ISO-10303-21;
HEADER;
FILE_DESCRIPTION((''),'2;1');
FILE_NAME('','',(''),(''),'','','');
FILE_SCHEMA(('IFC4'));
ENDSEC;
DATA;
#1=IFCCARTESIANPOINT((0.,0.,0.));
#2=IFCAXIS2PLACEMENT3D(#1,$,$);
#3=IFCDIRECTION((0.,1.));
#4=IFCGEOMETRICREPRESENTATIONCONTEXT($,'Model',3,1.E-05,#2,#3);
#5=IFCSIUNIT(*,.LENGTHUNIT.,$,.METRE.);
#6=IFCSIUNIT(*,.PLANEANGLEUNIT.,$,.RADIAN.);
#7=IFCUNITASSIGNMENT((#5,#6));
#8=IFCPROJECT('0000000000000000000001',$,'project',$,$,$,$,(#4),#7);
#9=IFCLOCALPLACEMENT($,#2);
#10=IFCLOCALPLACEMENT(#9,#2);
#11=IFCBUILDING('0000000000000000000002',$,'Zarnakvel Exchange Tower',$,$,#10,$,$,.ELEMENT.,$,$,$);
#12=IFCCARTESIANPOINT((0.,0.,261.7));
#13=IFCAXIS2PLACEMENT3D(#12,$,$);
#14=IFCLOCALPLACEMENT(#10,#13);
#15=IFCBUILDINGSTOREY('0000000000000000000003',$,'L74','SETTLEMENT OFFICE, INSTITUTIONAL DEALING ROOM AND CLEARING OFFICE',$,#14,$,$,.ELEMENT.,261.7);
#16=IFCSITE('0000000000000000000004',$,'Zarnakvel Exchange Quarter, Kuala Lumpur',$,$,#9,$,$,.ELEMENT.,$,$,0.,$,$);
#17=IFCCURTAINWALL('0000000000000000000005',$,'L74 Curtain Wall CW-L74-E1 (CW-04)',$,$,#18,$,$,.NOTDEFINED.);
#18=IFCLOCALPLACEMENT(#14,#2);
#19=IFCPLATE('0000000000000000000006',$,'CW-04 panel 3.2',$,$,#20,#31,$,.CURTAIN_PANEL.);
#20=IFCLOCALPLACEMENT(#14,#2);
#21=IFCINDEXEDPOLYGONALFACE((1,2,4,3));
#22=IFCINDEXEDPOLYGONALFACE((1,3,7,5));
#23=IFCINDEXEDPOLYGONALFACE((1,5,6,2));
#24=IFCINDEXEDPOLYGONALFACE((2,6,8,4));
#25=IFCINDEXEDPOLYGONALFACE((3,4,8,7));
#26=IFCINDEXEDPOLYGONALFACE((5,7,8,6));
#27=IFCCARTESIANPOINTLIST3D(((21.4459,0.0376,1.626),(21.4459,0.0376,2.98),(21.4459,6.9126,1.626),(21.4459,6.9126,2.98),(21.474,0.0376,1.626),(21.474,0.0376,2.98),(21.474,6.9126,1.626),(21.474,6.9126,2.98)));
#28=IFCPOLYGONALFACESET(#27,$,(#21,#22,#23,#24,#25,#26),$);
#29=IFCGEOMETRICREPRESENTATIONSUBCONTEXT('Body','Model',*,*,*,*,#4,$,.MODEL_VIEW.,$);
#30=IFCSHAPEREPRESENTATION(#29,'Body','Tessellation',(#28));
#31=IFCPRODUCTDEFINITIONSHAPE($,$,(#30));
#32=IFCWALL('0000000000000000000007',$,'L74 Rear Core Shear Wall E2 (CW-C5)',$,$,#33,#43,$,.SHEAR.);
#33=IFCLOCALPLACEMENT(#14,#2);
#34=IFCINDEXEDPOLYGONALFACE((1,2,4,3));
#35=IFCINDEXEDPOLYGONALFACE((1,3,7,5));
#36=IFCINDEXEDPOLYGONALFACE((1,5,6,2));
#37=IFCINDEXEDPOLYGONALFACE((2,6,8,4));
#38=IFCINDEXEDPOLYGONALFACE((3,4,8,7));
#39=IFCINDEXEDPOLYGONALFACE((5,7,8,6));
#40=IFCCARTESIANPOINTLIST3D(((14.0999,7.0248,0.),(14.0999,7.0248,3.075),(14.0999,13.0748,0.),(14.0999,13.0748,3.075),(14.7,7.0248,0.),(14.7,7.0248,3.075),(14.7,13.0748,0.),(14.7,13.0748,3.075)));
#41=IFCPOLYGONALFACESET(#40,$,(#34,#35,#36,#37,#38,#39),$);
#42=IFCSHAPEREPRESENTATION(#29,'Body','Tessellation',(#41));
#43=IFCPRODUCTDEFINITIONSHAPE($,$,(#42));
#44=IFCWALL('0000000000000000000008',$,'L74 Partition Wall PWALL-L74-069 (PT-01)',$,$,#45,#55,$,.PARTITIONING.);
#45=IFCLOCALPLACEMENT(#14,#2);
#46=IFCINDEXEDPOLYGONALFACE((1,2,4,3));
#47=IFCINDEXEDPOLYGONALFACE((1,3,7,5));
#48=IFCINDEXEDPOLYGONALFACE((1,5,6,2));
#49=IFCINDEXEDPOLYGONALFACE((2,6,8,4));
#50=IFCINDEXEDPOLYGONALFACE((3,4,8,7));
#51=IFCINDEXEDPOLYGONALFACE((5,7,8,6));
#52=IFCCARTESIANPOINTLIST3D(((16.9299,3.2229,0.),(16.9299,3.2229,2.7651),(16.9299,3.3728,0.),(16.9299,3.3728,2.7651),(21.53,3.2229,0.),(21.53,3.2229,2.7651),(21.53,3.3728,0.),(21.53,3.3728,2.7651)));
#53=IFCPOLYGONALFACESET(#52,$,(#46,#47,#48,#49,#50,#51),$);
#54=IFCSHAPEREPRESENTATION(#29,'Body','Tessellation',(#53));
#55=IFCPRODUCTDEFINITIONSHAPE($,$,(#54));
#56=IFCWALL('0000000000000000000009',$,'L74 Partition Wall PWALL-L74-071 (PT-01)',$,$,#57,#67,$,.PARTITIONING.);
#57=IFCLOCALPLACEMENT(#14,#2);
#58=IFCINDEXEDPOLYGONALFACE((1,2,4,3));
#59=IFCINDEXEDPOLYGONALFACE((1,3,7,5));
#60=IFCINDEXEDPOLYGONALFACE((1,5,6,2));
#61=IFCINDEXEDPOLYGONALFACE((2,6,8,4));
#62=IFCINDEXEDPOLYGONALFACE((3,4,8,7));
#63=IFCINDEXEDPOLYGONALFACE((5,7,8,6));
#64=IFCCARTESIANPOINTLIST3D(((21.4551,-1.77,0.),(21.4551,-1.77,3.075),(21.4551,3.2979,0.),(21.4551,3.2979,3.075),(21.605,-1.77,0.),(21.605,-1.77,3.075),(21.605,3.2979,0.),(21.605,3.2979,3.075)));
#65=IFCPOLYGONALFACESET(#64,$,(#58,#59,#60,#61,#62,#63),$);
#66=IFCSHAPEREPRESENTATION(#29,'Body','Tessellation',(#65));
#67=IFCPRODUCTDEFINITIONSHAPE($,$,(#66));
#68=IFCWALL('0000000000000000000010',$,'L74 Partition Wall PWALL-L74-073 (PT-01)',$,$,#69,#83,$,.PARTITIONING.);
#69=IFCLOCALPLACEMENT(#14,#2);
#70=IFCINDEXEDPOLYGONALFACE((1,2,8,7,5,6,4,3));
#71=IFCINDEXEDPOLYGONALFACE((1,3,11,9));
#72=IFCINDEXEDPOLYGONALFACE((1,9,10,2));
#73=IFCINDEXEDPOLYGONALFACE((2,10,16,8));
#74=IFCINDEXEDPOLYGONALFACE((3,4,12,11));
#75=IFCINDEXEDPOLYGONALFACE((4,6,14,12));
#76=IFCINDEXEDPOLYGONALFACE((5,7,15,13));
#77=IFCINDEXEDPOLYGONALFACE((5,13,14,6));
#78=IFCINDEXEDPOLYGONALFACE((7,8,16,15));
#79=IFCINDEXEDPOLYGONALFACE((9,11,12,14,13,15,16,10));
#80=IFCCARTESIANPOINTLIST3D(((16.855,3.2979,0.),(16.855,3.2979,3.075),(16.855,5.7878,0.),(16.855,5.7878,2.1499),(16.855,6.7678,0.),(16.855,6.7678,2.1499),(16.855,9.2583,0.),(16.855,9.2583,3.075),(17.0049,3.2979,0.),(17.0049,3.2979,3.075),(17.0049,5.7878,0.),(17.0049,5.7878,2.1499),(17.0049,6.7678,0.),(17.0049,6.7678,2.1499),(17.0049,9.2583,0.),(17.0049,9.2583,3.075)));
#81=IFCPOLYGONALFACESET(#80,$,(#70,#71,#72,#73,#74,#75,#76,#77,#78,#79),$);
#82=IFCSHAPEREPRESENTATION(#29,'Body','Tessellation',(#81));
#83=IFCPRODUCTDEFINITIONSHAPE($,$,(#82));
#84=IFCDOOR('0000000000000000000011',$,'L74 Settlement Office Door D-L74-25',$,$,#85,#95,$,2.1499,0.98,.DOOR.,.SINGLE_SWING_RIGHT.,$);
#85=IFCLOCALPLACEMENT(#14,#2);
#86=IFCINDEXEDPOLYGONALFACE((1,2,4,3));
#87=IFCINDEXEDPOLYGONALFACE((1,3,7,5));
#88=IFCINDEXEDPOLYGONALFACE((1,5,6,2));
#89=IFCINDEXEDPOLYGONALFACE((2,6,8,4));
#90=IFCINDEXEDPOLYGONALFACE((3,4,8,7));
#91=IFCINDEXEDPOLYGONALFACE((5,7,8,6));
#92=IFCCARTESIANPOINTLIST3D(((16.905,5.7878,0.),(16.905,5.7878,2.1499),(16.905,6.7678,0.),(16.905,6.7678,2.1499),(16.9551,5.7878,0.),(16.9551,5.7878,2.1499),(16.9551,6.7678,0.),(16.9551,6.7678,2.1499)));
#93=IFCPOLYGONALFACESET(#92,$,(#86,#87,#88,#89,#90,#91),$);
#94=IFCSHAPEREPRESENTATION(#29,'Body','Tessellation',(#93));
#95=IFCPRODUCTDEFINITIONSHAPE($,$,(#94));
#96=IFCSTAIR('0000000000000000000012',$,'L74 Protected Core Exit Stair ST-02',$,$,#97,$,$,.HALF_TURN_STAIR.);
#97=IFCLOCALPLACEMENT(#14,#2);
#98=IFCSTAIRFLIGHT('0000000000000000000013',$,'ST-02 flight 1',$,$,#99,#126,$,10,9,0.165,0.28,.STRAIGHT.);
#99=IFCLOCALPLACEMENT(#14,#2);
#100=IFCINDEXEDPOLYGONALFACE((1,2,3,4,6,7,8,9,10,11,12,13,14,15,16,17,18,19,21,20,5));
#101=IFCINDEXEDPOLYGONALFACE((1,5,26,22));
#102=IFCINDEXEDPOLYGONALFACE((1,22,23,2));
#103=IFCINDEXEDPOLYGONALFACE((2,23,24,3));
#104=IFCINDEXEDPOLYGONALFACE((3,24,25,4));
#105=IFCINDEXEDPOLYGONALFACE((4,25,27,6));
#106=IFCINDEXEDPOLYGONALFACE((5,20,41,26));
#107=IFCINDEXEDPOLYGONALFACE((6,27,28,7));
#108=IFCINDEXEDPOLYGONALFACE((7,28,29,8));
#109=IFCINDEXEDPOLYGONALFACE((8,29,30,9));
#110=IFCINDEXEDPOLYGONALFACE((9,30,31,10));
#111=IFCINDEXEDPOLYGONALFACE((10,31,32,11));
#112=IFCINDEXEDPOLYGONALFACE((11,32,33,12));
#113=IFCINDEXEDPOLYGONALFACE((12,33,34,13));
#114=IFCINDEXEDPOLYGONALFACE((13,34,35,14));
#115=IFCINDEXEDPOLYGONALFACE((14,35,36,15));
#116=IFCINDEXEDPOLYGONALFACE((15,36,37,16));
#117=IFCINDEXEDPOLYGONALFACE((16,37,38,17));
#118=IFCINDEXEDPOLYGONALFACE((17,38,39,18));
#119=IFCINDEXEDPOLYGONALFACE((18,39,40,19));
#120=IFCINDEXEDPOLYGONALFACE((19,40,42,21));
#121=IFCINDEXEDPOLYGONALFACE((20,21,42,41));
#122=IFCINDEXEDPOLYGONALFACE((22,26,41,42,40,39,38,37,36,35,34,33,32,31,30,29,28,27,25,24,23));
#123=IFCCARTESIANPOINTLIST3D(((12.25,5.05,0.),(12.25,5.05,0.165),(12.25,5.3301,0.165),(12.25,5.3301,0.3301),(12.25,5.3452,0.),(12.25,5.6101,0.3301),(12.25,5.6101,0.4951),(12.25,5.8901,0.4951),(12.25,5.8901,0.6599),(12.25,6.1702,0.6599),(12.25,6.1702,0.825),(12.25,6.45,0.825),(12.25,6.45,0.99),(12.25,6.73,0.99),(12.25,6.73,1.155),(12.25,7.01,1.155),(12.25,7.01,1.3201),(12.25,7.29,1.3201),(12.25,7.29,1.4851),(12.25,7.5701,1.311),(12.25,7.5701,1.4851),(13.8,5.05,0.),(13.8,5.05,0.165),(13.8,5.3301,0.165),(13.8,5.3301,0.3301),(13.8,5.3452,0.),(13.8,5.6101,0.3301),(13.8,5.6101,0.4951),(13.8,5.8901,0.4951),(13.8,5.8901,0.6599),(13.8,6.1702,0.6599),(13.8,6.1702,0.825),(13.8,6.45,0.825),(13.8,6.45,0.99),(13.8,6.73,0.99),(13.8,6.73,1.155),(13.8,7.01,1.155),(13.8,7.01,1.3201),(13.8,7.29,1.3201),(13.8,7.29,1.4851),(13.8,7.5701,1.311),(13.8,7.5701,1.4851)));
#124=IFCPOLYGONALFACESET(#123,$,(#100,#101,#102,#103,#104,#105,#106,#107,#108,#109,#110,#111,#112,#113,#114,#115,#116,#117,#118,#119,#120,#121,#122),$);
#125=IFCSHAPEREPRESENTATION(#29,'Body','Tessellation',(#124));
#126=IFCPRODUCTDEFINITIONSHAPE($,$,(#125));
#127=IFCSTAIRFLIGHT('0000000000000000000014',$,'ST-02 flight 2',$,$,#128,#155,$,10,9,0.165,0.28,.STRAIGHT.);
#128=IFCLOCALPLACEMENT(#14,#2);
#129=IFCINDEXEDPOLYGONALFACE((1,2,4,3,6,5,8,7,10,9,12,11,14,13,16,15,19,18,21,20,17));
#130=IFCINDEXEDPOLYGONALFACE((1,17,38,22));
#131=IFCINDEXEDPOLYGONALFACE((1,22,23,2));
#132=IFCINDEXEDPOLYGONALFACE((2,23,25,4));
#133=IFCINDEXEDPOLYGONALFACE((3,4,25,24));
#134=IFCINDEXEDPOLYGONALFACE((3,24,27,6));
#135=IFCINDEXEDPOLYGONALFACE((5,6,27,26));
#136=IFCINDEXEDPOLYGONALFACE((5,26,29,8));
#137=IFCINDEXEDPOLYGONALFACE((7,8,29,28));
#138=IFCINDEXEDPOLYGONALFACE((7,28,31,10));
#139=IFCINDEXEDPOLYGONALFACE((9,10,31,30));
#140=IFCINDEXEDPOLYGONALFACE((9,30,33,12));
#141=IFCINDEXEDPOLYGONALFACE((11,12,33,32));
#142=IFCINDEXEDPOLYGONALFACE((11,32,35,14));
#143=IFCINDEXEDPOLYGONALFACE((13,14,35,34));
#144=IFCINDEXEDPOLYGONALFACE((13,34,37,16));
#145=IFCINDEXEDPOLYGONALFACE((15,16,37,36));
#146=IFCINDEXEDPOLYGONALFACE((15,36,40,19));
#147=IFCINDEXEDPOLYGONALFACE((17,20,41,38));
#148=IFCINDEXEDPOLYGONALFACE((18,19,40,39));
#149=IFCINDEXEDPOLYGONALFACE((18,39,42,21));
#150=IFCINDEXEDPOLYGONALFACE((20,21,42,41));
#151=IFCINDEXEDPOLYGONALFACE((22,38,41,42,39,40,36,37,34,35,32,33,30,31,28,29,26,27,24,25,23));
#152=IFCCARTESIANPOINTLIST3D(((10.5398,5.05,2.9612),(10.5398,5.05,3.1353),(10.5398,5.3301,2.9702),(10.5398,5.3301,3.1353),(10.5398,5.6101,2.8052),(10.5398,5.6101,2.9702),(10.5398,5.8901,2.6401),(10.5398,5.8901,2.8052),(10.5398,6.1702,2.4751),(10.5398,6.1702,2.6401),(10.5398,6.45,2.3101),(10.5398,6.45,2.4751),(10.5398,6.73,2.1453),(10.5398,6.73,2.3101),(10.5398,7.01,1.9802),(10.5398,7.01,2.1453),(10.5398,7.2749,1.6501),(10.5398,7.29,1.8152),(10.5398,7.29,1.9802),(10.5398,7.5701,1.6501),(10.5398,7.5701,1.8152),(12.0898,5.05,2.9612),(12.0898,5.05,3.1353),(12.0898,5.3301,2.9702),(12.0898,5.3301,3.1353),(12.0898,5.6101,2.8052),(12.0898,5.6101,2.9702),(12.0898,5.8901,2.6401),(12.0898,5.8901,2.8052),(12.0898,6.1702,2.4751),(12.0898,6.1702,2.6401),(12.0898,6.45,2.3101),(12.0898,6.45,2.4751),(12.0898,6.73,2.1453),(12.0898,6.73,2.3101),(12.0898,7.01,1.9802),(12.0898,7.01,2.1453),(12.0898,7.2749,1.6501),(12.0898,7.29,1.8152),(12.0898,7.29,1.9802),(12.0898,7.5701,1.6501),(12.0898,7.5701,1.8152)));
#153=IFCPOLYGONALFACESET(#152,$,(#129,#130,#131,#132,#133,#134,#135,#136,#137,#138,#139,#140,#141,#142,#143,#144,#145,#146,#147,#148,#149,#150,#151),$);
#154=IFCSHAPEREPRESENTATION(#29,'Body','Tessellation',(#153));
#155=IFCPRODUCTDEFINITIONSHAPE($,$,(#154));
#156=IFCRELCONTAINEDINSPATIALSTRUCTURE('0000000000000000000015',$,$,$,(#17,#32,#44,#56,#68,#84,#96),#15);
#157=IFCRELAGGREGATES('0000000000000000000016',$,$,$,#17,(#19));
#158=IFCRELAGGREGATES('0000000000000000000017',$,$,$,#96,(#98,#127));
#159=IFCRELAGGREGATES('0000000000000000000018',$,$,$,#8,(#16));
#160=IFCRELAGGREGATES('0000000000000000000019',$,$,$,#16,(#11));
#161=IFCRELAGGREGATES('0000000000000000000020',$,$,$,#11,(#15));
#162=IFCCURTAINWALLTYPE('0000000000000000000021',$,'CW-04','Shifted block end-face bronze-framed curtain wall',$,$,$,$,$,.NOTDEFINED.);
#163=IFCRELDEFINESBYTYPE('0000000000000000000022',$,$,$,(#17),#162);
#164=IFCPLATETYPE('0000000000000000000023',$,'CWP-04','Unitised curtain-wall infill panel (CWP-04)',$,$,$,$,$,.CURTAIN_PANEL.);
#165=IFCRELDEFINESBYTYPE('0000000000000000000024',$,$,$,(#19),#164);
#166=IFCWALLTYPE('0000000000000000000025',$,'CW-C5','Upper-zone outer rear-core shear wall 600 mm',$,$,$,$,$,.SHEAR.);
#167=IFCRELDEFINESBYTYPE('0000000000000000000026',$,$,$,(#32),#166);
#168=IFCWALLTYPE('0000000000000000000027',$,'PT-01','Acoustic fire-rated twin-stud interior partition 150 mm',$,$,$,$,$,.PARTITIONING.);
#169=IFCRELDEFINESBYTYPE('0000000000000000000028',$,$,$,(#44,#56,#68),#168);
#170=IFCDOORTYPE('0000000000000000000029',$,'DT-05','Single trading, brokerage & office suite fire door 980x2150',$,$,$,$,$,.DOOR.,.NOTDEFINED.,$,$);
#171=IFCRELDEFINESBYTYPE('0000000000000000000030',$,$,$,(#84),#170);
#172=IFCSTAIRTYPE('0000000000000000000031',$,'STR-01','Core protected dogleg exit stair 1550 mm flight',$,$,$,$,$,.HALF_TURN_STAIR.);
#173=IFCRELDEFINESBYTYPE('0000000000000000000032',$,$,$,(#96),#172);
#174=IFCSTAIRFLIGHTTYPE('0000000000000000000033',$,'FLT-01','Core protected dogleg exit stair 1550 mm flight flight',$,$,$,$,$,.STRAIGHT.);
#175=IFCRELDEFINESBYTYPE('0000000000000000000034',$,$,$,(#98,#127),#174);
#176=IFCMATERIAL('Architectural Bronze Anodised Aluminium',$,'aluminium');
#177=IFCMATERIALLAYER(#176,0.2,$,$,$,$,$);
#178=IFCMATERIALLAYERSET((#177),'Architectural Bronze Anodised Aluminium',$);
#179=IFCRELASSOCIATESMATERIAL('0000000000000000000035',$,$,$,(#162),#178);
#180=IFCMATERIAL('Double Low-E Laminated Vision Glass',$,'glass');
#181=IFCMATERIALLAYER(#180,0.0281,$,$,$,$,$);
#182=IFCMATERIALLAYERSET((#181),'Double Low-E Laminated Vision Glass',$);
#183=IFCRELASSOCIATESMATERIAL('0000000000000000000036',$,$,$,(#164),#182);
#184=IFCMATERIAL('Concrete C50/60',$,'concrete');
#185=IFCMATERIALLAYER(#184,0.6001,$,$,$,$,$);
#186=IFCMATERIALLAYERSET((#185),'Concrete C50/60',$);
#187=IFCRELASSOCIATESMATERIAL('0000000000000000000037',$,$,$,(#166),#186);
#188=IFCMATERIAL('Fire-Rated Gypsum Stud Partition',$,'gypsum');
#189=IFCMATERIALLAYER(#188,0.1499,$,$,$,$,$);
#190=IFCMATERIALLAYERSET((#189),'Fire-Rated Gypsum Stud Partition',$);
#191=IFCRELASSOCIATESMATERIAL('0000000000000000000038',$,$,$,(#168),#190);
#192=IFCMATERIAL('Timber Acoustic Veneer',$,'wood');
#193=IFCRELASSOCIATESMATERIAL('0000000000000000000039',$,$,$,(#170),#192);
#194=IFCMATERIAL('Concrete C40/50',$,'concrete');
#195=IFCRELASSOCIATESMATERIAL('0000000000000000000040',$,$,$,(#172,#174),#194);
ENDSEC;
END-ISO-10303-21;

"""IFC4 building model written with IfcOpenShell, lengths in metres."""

from ifc_helpers import new_model, si_unit, direction, frame, frame_2d, origin, origin_2d, place, context, subcontext, project, spatial, polyline, rectangle, outline, extrude, source, transform, mapped, material, layer, layer_set, type_object, element, fill, aggregate, save


model = new_model("IFC4")

# Units and contexts
model_context = context("Model", 3, precision=1e-05, world=origin(), true_north=direction((0.0, 1.0)))
body_context = subcontext(model_context, "Body", "Model", "MODEL_VIEW")
ifc_project = project(units=[si_unit("LENGTHUNIT", "METRE"), si_unit("PLANEANGLEUNIT", "RADIAN")], contexts=[model_context])

# Site, building, storey
site_placement = place(None, origin())
site = spatial("IfcSite", under=ifc_project, at=site_placement, Name="Zarnakvel Exchange Quarter, Kuala Lumpur", CompositionType="ELEMENT", RefElevation=0.0)
building_placement = place(site_placement, origin())
building = spatial("IfcBuilding", under=site, at=building_placement, Name="Zarnakvel Exchange Tower", CompositionType="ELEMENT")
storey_placement = place(building_placement, frame((0.0, 0.0, 261.7)))
storey = spatial("IfcBuildingStorey", under=building, at=storey_placement, Name="L74", Description="SETTLEMENT OFFICE, INSTITUTIONAL DEALING ROOM AND CLEARING OFFICE", CompositionType="ELEMENT", Elevation=261.7)

# Shared definitions
ifc_material_1 = material(Name="Concrete C50/60", Category="concrete")

# Curtain wall, plate
ifc_material_2 = material(Name="Architectural Bronze Anodised Aluminium", Category="aluminium")
ifc_layer_1 = layer(ifc_material_2, 0.2)
ifc_layer_set_1 = layer_set([ifc_layer_1], Name="Architectural Bronze Anodised Aluminium")
curtain_wall_type = type_object("IfcCurtainWallType", Name="CW-04", Description="Shifted block end-face bronze-framed curtain wall", PredefinedType="NOTDEFINED", material=ifc_layer_set_1)
curtain_wall_placement = place(storey_placement, origin())
curtain_wall = element("IfcCurtainWall", 1, at=curtain_wall_placement, inside=storey, type_object=curtain_wall_type, Name="L74 Curtain Wall CW-L74-E1 (CW-04)", PredefinedType="NOTDEFINED")
ifc_material_3 = material(Name="Double Low-E Laminated Vision Glass", Category="glass")
ifc_layer_2 = layer(ifc_material_3, 0.0281)
ifc_layer_set_2 = layer_set([ifc_layer_2], Name="Double Low-E Laminated Vision Glass")
plate_type = type_object("IfcPlateType", Name="CWP-04", Description="Unitised curtain-wall infill panel (CWP-04)", PredefinedType="CURTAIN_PANEL", material=ifc_layer_set_2)
shared_shape_1 = source(origin(), body_context, "Body", "SweptSolid", [
    extrude(rectangle(XDim=6.875, YDim=0.0281, at=origin_2d()), origin(), (0.0, 0.0, 1.0), 1.354),
])
plate_1_placement = place(storey_placement, frame((21.46, 3.4751, 1.626), z_axis=(0.0, 0.0, 1.0), x_axis=(0.0, 1.0, 0.0)))
plate_1 = element("IfcPlate", 2, at=plate_1_placement, type_object=plate_type, Name="CW-04 panel 3.2", PredefinedType="CURTAIN_PANEL", context=body_context, shape_type="MappedRepresentation", body=[
    mapped(shared_shape_1, transform((0.0, 0.0, 0.0), x_axis=(1.0, 0.0, 0.0), y_axis=(0.0, 1.0, 0.0), z_axis=(0.0, 0.0, 1.0), scale=1.0)),
])
aggregate(curtain_wall, [plate_1])

# Walls
ifc_layer_3 = layer(ifc_material_1, 0.6001)
ifc_layer_set_3 = layer_set([ifc_layer_3], Name="Concrete C50/60")
wall_type_1 = type_object("IfcWallType", Name="CW-C5", Description="Upper-zone outer rear-core shear wall 600 mm", PredefinedType="SHEAR", material=ifc_layer_set_3)
wall_1_placement = place(storey_placement, frame((14.3999, 7.0249, 0.0), z_axis=(0.0, 0.0, 1.0), x_axis=(0.0, 1.0, 0.0)))
element("IfcWall", 3, at=wall_1_placement, inside=storey, type_object=wall_type_1, Name="L74 Rear Core Shear Wall E2 (CW-C5)", PredefinedType="SHEAR", context=body_context, shape_type="SweptSolid", body=[
    extrude(rectangle(XDim=6.05, YDim=0.6001, at=frame_2d((3.0249, 0.0))), origin(), (0.0, 0.0, 1.0), 3.075),
])
ifc_material_4 = material(Name="Fire-Rated Gypsum Stud Partition", Category="gypsum")
ifc_layer_4 = layer(ifc_material_4, 0.1499)
ifc_layer_set_4 = layer_set([ifc_layer_4], Name="Fire-Rated Gypsum Stud Partition")
wall_type_2 = type_object("IfcWallType", Name="PT-01", Description="Acoustic fire-rated twin-stud interior partition 150 mm", PredefinedType="PARTITIONING", material=ifc_layer_set_4)
wall_2_placement = place(storey_placement, frame((16.9299, 3.2979, 0.0), z_axis=(0.0, 0.0, 1.0), x_axis=(1.0, 0.0, 0.0)))
element("IfcWall", 4, at=wall_2_placement, inside=storey, type_object=wall_type_2, Name="L74 Partition Wall PWALL-L74-069 (PT-01)", PredefinedType="PARTITIONING", context=body_context, shape_type="SweptSolid", body=[
    extrude(rectangle(XDim=4.6001, YDim=0.1499, at=frame_2d((2.3, 0.0))), origin(), (0.0, 0.0, 1.0), 2.7651),
])
wall_3_placement = place(storey_placement, frame((21.53, 3.2979, 0.0), z_axis=(0.0, 0.0, 1.0), x_axis=(0.0, -1.0, 0.0)))
element("IfcWall", 5, at=wall_3_placement, inside=storey, type_object=wall_type_2, Name="L74 Partition Wall PWALL-L74-071 (PT-01)", PredefinedType="PARTITIONING", context=body_context, shape_type="SweptSolid", body=[
    extrude(rectangle(XDim=5.0679, YDim=0.1499, at=frame_2d((2.5339, 0.0))), origin(), (0.0, 0.0, 1.0), 3.075),
])

# Wall, opening, door
wall_4_placement = place(storey_placement, frame((16.9299, 3.2979, 0.0), z_axis=(0.0, 0.0, 1.0), x_axis=(0.0, 1.0, 0.0)))
wall_4 = element("IfcWall", 6, at=wall_4_placement, inside=storey, type_object=wall_type_2, Name="L74 Partition Wall PWALL-L74-073 (PT-01)", PredefinedType="PARTITIONING", context=body_context, shape_type="SweptSolid", body=[
    extrude(rectangle(XDim=5.9604, YDim=0.1499, at=frame_2d((2.9802, 0.0))), origin(), (0.0, 0.0, 1.0), 3.075),
])
opening_1_placement = place(wall_4_placement, frame((2.49, 0.0, 0.0)))
opening_1 = element("IfcOpeningElement", 7, at=opening_1_placement, cuts=wall_4, PredefinedType="OPENING", context=body_context, shape_type="SweptSolid", body=[
    extrude(rectangle(XDim=0.98, YDim=2.1499, at=frame_2d((0.49, 1.075))), frame((0.0, 0.085, 0.0), z_axis=(0.0, -1.0, 0.0), x_axis=(1.0, 0.0, 0.0)), (0.0, 0.0, 1.0), 0.1699),
])
ifc_material_5 = material(Name="Timber Acoustic Veneer", Category="wood")
door_type_1 = type_object("IfcDoorType", Name="DT-05", Description="Single trading, brokerage & office suite fire door 980x2150", OperationType="NOTDEFINED", PredefinedType="DOOR", material=ifc_material_5)
shared_shape_2 = source(origin(), body_context, "Body", "SweptSolid", [
    extrude(rectangle(XDim=0.98, YDim=2.1499, at=frame_2d((0.49, 1.075))), frame((0.0, 0.0249, 0.0), z_axis=(0.0, -1.0, 0.0), x_axis=(1.0, 0.0, 0.0)), (0.0, 0.0, 1.0), 0.05),
])
door_1_placement = place(opening_1_placement, origin())
door_1 = element("IfcDoor", 8, at=door_1_placement, inside=storey, type_object=door_type_1, Name="L74 Settlement Office Door D-L74-25", OperationType="SINGLE_SWING_RIGHT", OverallHeight=2.1499, OverallWidth=0.98, PredefinedType="DOOR", context=body_context, shape_type="MappedRepresentation", body=[
    mapped(shared_shape_2, transform((0.0, 0.0, 0.0), x_axis=(1.0, 0.0, 0.0), y_axis=(0.0, 1.0, 0.0), z_axis=(0.0, 0.0, 1.0), scale=1.0)),
])
fill(opening_1, door_1)
ifc_material_6 = material(Name="Concrete C40/50", Category="concrete")

# Stair, stair flights
stair_type = type_object("IfcStairType", Name="STR-01", Description="Core protected dogleg exit stair 1550 mm flight", PredefinedType="HALF_TURN_STAIR", material=ifc_material_6)
stair_placement = place(storey_placement, origin())
stair = element("IfcStair", 9, at=stair_placement, inside=storey, type_object=stair_type, Name="L74 Protected Core Exit Stair ST-02", PredefinedType="HALF_TURN_STAIR")
stair_flight_type = type_object("IfcStairFlightType", Name="FLT-01", Description="Core protected dogleg exit stair 1550 mm flight flight", PredefinedType="STRAIGHT", material=ifc_material_6)
stair_flight_1_placement = place(storey_placement, frame((13.0249, 5.05, 0.0), z_axis=(0.0, 0.0, 1.0), x_axis=(0.0, 1.0, 0.0)))
stair_flight_1 = element("IfcStairFlight", 10, at=stair_flight_1_placement, type_object=stair_flight_type, Name="ST-02 flight 1", NumberOfRisers=10, NumberOfTreads=9, PredefinedType="STRAIGHT", RiserHeight=0.165, TreadLength=0.28, context=body_context, shape_type="SweptSolid", body=[
    extrude(outline(polyline([(0.0, 0.0), (0.0, 0.165), (0.28, 0.165), (0.28, 0.3301), (0.5601, 0.3301), (0.5601, 0.4951), (0.8401, 0.4951), (0.8401, 0.6599), (1.1201, 0.6599), (1.1201, 0.825), (1.3999, 0.825), (1.3999, 0.99), (1.6799, 0.99), (1.6799, 1.155), (1.96, 1.155), (1.96, 1.3201), (2.24, 1.3201), (2.24, 1.4851), (2.52, 1.4851), (2.52, 1.6499), (2.52, 1.311), (0.2952, 0.0), (0.0, 0.0)])), frame((0.0, 0.7749, 0.0), z_axis=(0.0, -1.0, 0.0), x_axis=(1.0, 0.0, 0.0)), (0.0, 0.0, 1.0), 1.55),
])
stair_flight_2_placement = place(storey_placement, frame((11.3149, 7.5701, 1.6501), z_axis=(0.0, 0.0, 1.0), x_axis=(0.0, -1.0, 0.0)))
stair_flight_2 = element("IfcStairFlight", 11, at=stair_flight_2_placement, type_object=stair_flight_type, Name="ST-02 flight 2", NumberOfRisers=10, NumberOfTreads=9, PredefinedType="STRAIGHT", RiserHeight=0.165, TreadLength=0.28, context=body_context, shape_type="SweptSolid", body=[
    extrude(outline(polyline([(0.0, 0.0), (0.0, 0.165), (0.28, 0.165), (0.28, 0.3301), (0.5601, 0.3301), (0.5601, 0.4951), (0.8401, 0.4951), (0.8401, 0.6599), (1.1201, 0.6599), (1.1201, 0.825), (1.3999, 0.825), (1.3999, 0.99), (1.6799, 0.99), (1.6799, 1.155), (1.96, 1.155), (1.96, 1.3201), (2.24, 1.3201), (2.24, 1.4851), (2.52, 1.4851), (2.52, 1.6499), (2.52, 1.311), (0.2952, 0.0), (0.0, 0.0)])), frame((0.0, 0.7749, 0.0), z_axis=(0.0, -1.0, 0.0), x_axis=(1.0, 0.0, 0.0)), (0.0, 0.0, 1.0), 1.55),
])
aggregate(stair, [stair_flight_1, stair_flight_2])

save(model, "model.ifc")
